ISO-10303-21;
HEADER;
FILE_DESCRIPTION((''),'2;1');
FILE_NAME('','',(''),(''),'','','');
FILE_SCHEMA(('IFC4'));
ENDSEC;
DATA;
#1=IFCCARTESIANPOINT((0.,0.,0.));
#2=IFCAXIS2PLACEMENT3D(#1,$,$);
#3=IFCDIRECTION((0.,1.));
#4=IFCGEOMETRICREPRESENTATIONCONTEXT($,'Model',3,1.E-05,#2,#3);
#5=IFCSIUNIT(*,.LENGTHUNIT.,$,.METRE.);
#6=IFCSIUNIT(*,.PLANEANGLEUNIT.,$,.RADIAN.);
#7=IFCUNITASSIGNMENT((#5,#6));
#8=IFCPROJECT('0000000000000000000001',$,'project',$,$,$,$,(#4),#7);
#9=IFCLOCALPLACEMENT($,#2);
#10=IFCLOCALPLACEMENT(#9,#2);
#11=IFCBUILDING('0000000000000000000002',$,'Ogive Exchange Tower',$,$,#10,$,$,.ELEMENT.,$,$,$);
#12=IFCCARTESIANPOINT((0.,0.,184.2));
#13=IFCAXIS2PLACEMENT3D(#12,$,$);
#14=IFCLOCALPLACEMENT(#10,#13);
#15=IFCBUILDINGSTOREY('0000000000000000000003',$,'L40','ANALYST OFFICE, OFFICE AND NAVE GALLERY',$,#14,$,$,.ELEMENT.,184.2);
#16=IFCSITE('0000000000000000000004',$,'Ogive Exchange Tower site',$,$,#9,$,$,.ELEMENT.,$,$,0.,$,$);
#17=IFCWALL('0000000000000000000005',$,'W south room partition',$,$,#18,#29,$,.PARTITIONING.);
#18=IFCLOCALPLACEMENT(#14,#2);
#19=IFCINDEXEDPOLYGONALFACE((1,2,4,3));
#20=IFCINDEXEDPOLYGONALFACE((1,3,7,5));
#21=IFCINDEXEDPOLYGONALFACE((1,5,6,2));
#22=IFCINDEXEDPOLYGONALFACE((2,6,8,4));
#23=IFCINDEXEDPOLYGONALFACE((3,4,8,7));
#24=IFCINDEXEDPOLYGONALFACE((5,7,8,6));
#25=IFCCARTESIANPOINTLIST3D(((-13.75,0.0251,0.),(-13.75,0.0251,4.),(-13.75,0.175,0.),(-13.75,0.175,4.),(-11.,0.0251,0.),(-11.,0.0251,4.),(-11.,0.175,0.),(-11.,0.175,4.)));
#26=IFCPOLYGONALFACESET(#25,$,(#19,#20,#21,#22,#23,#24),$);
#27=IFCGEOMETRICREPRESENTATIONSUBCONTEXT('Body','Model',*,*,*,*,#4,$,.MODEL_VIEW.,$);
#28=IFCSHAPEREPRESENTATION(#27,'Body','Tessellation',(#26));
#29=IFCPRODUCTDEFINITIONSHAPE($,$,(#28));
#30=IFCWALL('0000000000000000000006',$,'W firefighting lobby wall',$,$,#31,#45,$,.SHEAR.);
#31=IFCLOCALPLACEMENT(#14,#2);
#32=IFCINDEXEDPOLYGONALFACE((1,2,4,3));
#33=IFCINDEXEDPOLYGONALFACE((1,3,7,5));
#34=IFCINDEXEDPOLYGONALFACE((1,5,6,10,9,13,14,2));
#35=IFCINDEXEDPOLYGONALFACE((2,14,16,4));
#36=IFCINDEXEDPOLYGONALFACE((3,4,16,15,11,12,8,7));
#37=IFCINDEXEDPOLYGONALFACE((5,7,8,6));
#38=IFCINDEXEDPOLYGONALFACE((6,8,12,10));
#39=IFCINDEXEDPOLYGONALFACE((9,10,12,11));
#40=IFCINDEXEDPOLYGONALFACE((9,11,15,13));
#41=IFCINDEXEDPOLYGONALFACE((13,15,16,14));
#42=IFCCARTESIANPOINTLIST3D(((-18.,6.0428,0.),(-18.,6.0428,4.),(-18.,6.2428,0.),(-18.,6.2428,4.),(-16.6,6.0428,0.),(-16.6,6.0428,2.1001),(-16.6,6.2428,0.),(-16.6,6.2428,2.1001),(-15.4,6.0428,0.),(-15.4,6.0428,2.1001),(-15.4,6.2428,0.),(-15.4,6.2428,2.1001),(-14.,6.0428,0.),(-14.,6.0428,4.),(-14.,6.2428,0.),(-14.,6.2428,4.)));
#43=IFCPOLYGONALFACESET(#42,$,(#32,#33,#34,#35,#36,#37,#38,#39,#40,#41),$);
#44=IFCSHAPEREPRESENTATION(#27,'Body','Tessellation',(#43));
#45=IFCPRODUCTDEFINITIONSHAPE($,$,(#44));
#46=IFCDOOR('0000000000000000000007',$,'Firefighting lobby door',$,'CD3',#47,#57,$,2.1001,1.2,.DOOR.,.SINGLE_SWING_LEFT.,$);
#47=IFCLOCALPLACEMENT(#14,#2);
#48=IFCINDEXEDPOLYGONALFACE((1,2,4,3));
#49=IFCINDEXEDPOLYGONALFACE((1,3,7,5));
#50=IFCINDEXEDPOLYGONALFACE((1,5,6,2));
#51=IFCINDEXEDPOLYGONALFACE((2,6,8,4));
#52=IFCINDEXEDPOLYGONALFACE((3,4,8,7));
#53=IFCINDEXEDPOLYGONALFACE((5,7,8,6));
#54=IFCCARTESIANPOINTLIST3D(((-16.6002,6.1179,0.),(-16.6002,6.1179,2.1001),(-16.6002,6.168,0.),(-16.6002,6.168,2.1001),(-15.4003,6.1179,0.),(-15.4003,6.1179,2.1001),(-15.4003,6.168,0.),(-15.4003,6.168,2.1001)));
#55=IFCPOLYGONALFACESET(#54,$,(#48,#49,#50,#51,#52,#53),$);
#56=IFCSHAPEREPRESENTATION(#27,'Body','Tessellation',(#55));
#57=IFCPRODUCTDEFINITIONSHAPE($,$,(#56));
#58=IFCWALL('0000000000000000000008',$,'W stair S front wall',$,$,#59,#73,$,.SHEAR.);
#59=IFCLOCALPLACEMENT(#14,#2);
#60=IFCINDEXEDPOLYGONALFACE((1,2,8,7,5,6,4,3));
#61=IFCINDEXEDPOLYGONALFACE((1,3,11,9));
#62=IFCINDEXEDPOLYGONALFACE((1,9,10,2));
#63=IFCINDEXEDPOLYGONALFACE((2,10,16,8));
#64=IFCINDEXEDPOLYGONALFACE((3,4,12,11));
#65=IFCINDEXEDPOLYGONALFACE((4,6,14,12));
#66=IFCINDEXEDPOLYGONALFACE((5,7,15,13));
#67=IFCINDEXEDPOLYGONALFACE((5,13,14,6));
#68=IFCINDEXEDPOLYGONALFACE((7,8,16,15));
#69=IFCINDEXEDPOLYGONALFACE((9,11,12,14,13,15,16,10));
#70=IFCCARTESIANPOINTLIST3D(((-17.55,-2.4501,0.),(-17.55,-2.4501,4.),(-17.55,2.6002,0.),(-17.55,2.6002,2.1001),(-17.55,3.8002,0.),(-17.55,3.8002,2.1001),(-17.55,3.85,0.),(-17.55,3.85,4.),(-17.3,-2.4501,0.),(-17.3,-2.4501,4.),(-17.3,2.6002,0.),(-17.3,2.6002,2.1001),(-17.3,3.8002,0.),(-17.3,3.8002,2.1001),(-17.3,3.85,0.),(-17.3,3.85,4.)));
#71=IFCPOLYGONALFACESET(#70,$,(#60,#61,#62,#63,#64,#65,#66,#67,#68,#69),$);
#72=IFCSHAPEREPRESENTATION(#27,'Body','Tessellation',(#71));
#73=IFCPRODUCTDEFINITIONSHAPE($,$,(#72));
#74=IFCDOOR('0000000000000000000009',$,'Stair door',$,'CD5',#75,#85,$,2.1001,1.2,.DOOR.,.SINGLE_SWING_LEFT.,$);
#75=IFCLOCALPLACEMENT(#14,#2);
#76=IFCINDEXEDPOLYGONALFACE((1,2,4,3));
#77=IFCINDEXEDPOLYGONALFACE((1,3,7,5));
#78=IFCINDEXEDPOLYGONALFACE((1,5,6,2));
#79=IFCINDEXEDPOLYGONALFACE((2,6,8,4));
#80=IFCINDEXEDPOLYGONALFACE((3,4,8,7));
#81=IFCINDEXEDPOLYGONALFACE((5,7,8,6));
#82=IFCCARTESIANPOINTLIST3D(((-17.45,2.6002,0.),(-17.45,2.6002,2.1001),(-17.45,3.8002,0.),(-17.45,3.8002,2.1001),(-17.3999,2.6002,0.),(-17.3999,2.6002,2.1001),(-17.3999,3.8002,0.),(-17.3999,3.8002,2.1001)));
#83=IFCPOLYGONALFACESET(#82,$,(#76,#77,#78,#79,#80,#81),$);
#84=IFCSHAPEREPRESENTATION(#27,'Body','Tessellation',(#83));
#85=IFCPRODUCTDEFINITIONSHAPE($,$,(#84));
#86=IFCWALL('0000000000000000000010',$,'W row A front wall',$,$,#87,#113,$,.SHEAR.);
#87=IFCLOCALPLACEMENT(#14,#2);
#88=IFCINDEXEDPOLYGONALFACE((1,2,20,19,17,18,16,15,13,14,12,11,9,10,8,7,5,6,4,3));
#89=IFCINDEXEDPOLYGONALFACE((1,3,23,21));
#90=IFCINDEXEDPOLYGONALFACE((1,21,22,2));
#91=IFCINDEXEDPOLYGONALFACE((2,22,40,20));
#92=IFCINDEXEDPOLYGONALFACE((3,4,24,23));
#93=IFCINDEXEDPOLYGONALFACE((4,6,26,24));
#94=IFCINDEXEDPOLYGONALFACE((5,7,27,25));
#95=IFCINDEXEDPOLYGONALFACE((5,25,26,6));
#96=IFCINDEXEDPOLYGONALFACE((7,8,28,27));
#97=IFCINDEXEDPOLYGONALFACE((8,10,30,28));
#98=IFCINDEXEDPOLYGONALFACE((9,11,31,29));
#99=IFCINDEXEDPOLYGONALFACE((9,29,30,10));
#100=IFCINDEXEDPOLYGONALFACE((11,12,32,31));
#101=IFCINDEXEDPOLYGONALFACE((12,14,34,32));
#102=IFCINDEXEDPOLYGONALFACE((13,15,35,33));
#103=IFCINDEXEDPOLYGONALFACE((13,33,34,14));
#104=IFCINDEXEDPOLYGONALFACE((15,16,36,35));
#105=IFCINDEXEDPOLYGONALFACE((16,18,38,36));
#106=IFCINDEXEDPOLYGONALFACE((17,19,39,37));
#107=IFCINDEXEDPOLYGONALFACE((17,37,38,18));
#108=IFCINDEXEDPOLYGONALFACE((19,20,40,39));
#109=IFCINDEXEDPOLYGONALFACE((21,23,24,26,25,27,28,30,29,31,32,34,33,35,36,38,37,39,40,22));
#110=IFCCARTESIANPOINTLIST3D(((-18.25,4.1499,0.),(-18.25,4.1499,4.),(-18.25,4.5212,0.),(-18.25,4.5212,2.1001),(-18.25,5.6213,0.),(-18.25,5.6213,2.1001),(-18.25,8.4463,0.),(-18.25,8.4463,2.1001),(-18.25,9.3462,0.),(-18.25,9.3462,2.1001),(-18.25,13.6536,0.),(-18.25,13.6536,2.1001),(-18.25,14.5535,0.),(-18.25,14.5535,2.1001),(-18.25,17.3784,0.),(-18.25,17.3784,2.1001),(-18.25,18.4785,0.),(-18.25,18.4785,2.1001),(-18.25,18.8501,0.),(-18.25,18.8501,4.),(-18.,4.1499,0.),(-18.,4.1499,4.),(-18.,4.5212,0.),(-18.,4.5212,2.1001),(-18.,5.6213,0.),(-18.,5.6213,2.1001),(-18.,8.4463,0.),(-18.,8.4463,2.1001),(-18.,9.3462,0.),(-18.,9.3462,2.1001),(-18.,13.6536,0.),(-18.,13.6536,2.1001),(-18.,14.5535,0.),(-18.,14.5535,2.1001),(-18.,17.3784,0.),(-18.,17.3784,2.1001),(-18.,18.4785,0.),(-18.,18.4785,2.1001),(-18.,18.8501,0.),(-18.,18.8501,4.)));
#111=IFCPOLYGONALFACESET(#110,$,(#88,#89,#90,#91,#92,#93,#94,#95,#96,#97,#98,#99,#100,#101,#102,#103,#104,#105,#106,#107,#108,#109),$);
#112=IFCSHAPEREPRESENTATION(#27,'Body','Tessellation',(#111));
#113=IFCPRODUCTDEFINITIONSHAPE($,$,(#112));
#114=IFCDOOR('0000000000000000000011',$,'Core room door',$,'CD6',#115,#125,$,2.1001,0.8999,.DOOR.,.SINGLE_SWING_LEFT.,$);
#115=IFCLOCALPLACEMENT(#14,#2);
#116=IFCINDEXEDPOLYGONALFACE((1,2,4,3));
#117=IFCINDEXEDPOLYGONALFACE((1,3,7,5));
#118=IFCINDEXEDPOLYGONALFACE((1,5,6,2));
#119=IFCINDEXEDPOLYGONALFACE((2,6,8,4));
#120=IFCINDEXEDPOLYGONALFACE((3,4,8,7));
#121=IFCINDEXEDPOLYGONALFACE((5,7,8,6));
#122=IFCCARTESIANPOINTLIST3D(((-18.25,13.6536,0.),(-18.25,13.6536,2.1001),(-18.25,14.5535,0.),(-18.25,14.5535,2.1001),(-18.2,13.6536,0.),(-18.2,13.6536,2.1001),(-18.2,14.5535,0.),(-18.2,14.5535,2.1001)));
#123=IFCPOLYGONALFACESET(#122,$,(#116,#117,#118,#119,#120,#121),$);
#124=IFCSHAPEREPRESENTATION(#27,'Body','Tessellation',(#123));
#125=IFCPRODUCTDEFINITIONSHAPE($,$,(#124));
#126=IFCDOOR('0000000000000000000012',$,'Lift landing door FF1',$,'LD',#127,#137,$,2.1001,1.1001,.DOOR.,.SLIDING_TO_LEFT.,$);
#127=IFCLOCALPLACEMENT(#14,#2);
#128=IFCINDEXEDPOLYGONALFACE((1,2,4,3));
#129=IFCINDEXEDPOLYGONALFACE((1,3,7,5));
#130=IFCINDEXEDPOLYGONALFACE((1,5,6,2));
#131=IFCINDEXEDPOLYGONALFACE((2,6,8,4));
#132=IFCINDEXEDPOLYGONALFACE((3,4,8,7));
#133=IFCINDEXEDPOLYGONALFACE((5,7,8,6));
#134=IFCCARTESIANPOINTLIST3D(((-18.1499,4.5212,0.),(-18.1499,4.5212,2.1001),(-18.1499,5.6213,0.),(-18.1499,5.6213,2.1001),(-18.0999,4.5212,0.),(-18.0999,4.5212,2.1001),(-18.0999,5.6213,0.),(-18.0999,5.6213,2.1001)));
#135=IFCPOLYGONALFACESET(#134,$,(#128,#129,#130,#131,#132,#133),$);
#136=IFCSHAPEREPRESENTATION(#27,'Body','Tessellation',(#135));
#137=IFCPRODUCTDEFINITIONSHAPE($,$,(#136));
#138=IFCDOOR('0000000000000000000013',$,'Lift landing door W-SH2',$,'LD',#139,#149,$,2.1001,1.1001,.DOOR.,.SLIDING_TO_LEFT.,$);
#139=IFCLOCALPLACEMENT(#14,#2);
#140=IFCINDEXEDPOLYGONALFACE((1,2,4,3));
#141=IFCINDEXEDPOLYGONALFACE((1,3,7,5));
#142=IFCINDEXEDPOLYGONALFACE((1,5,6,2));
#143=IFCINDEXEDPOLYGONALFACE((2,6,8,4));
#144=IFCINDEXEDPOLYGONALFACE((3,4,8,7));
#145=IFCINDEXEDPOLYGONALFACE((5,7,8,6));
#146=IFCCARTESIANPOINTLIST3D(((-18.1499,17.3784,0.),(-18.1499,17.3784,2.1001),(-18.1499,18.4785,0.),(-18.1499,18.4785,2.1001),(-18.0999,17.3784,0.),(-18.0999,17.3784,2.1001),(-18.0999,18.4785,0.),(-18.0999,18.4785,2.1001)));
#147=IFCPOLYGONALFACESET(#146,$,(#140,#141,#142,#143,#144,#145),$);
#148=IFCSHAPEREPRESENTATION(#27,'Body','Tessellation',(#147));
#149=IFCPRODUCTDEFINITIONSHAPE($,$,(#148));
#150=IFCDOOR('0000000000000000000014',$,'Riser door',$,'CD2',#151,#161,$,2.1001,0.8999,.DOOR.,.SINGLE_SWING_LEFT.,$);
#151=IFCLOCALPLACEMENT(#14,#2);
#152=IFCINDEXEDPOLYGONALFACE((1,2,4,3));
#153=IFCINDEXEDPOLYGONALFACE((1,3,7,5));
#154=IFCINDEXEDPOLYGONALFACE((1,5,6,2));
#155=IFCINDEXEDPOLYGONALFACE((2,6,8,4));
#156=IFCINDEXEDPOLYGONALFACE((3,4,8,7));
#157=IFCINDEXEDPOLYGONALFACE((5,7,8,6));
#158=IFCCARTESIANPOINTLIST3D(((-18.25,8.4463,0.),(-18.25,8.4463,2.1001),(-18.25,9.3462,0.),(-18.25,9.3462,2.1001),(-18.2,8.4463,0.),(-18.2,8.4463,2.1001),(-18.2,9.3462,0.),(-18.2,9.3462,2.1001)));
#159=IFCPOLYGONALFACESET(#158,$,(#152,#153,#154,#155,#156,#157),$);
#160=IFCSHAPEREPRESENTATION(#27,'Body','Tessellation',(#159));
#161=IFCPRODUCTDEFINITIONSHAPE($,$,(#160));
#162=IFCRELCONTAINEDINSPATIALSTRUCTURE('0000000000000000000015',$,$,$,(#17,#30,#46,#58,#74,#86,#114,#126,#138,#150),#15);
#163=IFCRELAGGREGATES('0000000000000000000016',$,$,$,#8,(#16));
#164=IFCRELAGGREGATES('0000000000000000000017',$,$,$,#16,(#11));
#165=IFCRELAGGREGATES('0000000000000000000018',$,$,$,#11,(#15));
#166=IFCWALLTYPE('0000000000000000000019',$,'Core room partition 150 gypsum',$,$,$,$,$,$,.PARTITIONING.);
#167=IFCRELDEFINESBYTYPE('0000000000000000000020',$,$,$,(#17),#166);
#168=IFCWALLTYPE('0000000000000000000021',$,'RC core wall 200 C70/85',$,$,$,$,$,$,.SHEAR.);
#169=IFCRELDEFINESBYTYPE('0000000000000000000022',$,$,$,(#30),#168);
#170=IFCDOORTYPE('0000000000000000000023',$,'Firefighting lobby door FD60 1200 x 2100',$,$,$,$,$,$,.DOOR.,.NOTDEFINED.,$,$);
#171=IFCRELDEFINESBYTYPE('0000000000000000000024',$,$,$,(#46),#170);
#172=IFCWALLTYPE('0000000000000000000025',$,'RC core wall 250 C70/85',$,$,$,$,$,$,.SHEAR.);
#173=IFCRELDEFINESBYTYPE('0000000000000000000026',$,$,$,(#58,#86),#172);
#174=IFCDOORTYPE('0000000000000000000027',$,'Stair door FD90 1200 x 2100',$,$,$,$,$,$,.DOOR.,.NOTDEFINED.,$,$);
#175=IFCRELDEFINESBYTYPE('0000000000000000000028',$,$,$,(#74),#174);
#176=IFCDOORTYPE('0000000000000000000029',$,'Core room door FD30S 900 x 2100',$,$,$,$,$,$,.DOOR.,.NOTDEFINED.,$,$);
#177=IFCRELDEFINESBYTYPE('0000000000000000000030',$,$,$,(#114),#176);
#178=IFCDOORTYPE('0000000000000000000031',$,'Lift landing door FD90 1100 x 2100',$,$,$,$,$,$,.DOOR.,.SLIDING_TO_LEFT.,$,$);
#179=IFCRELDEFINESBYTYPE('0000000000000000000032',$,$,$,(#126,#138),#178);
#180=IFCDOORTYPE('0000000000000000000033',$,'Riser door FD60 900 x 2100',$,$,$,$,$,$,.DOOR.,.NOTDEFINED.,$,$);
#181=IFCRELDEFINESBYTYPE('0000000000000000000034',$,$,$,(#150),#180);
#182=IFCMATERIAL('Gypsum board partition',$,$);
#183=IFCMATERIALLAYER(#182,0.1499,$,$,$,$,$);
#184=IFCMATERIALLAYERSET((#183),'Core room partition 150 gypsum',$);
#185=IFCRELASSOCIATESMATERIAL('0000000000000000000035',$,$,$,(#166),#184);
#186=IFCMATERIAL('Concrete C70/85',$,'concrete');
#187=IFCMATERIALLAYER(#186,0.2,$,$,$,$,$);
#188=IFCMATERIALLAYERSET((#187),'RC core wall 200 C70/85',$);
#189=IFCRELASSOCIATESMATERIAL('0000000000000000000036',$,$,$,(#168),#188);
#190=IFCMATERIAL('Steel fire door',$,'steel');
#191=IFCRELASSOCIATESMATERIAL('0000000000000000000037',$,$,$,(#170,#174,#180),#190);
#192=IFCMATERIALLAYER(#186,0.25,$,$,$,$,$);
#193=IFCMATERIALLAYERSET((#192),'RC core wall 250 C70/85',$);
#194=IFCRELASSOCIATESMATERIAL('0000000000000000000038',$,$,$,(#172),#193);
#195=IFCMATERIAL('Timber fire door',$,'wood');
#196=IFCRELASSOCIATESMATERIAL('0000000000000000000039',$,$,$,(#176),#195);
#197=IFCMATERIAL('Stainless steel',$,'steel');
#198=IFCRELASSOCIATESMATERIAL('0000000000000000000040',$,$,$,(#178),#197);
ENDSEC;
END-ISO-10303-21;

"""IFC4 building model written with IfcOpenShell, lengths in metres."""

from ifc_helpers import new_model, si_unit, direction, frame, frame_2d, origin, place, context, subcontext, project, spatial, rectangle, extrude, material, layer, layer_set, type_object, element, fill, save


model = new_model("IFC4")

# Units and contexts
model_context = context("Model", 3, precision=1e-05, world=origin(), true_north=direction((0.0, 1.0)))
body_context = subcontext(model_context, "Body", "Model", "MODEL_VIEW")
ifc_project = project(units=[si_unit("LENGTHUNIT", "METRE"), si_unit("PLANEANGLEUNIT", "RADIAN")], contexts=[model_context])

# Site, building, storey
site_placement = place(None, origin())
site = spatial("IfcSite", under=ifc_project, at=site_placement, Name="Ogive Exchange Tower site", CompositionType="ELEMENT", RefElevation=0.0)
building_placement = place(site_placement, origin())
building = spatial("IfcBuilding", under=site, at=building_placement, Name="Ogive Exchange Tower", CompositionType="ELEMENT")
storey_placement = place(building_placement, frame((0.0, 0.0, 184.2)))
storey = spatial("IfcBuildingStorey", under=building, at=storey_placement, Name="L40", Description="ANALYST OFFICE, OFFICE AND NAVE GALLERY", CompositionType="ELEMENT", Elevation=184.2)

# Wall
ifc_material_1 = material(Name="Gypsum board partition")
ifc_layer_1 = layer(ifc_material_1, 0.1499)
ifc_layer_set_1 = layer_set([ifc_layer_1], Name="Core room partition 150 gypsum")
wall_type_1 = type_object("IfcWallType", Name="Core room partition 150 gypsum", PredefinedType="PARTITIONING", material=ifc_layer_set_1)
wall_1_placement = place(storey_placement, frame((-13.75, 0.1001, 0.0), z_axis=(0.0, 0.0, 1.0), x_axis=(1.0, 0.0, 0.0)))
element("IfcWall", 1, at=wall_1_placement, inside=storey, type_object=wall_type_1, Name="W south room partition", PredefinedType="PARTITIONING", context=body_context, shape_type="SweptSolid", body=[
    extrude(rectangle(XDim=2.75, YDim=0.1499, at=frame_2d((1.375, 0.0))), origin(), (0.0, 0.0, 1.0), 4.0),
])

# Walls, openings, doors
ifc_material_2 = material(Name="Concrete C70/85", Category="concrete")
ifc_layer_2 = layer(ifc_material_2, 0.2)
ifc_layer_set_2 = layer_set([ifc_layer_2], Name="RC core wall 200 C70/85")
wall_type_2 = type_object("IfcWallType", Name="RC core wall 200 C70/85", PredefinedType="SHEAR", material=ifc_layer_set_2)
wall_2_placement = place(storey_placement, frame((-18.0, 6.1428, 0.0), z_axis=(0.0, 0.0, 1.0), x_axis=(1.0, 0.0, 0.0)))
wall_2 = element("IfcWall", 2, at=wall_2_placement, inside=storey, type_object=wall_type_2, Name="W firefighting lobby wall", PredefinedType="SHEAR", context=body_context, shape_type="SweptSolid", body=[
    extrude(rectangle(XDim=4.0, YDim=0.2, at=frame_2d((2.0, 0.0))), origin(), (0.0, 0.0, 1.0), 4.0),
])
opening_1_placement = place(wall_2_placement, frame((1.3999, 0.0, 0.0)))
opening_1 = element("IfcOpeningElement", 3, at=opening_1_placement, cuts=wall_2, PredefinedType="OPENING", context=body_context, shape_type="SweptSolid", body=[
    extrude(rectangle(XDim=1.2, YDim=2.1001, at=frame_2d((0.6001, 1.05))), frame((0.0, 0.1099, 0.0), z_axis=(0.0, -1.0, 0.0), x_axis=(1.0, 0.0, 0.0)), (0.0, 0.0, 1.0), 0.22),
])
ifc_material_3 = material(Name="Steel fire door", Category="steel")
door_type_1 = type_object("IfcDoorType", Name="Firefighting lobby door FD60 1200 x 2100", OperationType="NOTDEFINED", PredefinedType="DOOR", material=ifc_material_3)
door_1_placement = place(opening_1_placement, frame((1.2, 0.0, 0.0), z_axis=(0.0, 0.0, 1.0), x_axis=(-1.0, 0.0, 0.0)))
door_1 = element("IfcDoor", 4, at=door_1_placement, inside=storey, type_object=door_type_1, Name="Firefighting lobby door", ObjectType="CD3", OperationType="SINGLE_SWING_LEFT", OverallHeight=2.1001, OverallWidth=1.2, PredefinedType="DOOR", context=body_context, shape_type="SweptSolid", body=[
    extrude(rectangle(XDim=1.2, YDim=2.1001, at=frame_2d((0.6001, 1.05))), frame((0.0, 0.0249, 0.0), z_axis=(0.0, -1.0, 0.0), x_axis=(1.0, 0.0, 0.0)), (0.0, 0.0, 1.0), 0.05),
])
fill(opening_1, door_1)
ifc_layer_3 = layer(ifc_material_2, 0.25)
ifc_layer_set_3 = layer_set([ifc_layer_3], Name="RC core wall 250 C70/85")
wall_type_3 = type_object("IfcWallType", Name="RC core wall 250 C70/85", PredefinedType="SHEAR", material=ifc_layer_set_3)
wall_3_placement = place(storey_placement, frame((-17.425, -2.45, 0.0), z_axis=(0.0, 0.0, 1.0), x_axis=(0.0, 1.0, 0.0)))
wall_3 = element("IfcWall", 5, at=wall_3_placement, inside=storey, type_object=wall_type_3, Name="W stair S front wall", PredefinedType="SHEAR", context=body_context, shape_type="SweptSolid", body=[
    extrude(rectangle(XDim=6.3, YDim=0.25, at=frame_2d((3.1499, 0.0))), origin(), (0.0, 0.0, 1.0), 4.0),
])
opening_2_placement = place(wall_3_placement, frame((5.05, 0.0, 0.0)))
opening_2 = element("IfcOpeningElement", 6, at=opening_2_placement, cuts=wall_3, PredefinedType="OPENING", context=body_context, shape_type="SweptSolid", body=[
    extrude(rectangle(XDim=1.2, YDim=2.1001, at=frame_2d((0.6001, 1.05))), frame((0.0, 0.135, 0.0), z_axis=(0.0, -1.0, 0.0), x_axis=(1.0, 0.0, 0.0)), (0.0, 0.0, 1.0), 0.27),
])
door_type_2 = type_object("IfcDoorType", Name="Stair door FD90 1200 x 2100", OperationType="NOTDEFINED", PredefinedType="DOOR", material=ifc_material_3)
door_2_placement = place(opening_2_placement, origin())
door_2 = element("IfcDoor", 7, at=door_2_placement, inside=storey, type_object=door_type_2, Name="Stair door", ObjectType="CD5", OperationType="SINGLE_SWING_LEFT", OverallHeight=2.1001, OverallWidth=1.2, PredefinedType="DOOR", context=body_context, shape_type="SweptSolid", body=[
    extrude(rectangle(XDim=1.2, YDim=2.1001, at=frame_2d((0.6001, 1.05))), frame((0.0, 0.0249, 0.0), z_axis=(0.0, -1.0, 0.0), x_axis=(1.0, 0.0, 0.0)), (0.0, 0.0, 1.0), 0.05),
])
fill(opening_2, door_2)

# Wall, openings, doors
wall_4_placement = place(storey_placement, frame((-18.125, 4.1499, 0.0), z_axis=(0.0, 0.0, 1.0), x_axis=(0.0, 1.0, 0.0)))
wall_4 = element("IfcWall", 8, at=wall_4_placement, inside=storey, type_object=wall_type_3, Name="W row A front wall", PredefinedType="SHEAR", context=body_context, shape_type="SweptSolid", body=[
    extrude(rectangle(XDim=14.7002, YDim=0.25, at=frame_2d((7.3501, 0.0))), origin(), (0.0, 0.0, 1.0), 4.0),
])
opening_3_placement = place(wall_4_placement, frame((4.2964, 0.0, 0.0)))
opening_3 = element("IfcOpeningElement", 9, at=opening_3_placement, cuts=wall_4, PredefinedType="OPENING", context=body_context, shape_type="SweptSolid", body=[
    extrude(rectangle(XDim=0.8999, YDim=2.1001, at=frame_2d((0.45, 1.05))), frame((0.0, 0.135, 0.0), z_axis=(0.0, -1.0, 0.0), x_axis=(1.0, 0.0, 0.0)), (0.0, 0.0, 1.0), 0.27),
])
opening_4_placement = place(wall_4_placement, frame((9.5037, 0.0, 0.0)))
opening_4 = element("IfcOpeningElement", 10, at=opening_4_placement, cuts=wall_4, PredefinedType="OPENING", context=body_context, shape_type="SweptSolid", body=[
    extrude(rectangle(XDim=0.8999, YDim=2.1001, at=frame_2d((0.45, 1.05))), frame((0.0, 0.135, 0.0), z_axis=(0.0, -1.0, 0.0), x_axis=(1.0, 0.0, 0.0)), (0.0, 0.0, 1.0), 0.27),
])
opening_5_placement = place(wall_4_placement, frame((0.3713, 0.0, 0.0)))
opening_5 = element("IfcOpeningElement", 11, at=opening_5_placement, cuts=wall_4, PredefinedType="OPENING", context=body_context, shape_type="SweptSolid", body=[
    extrude(rectangle(XDim=1.1001, YDim=2.1001, at=frame_2d((0.55, 1.05))), frame((0.0, 0.135, 0.0), z_axis=(0.0, -1.0, 0.0), x_axis=(1.0, 0.0, 0.0)), (0.0, 0.0, 1.0), 0.27),
])
opening_6_placement = place(wall_4_placement, frame((13.2285, 0.0, 0.0)))
opening_6 = element("IfcOpeningElement", 12, at=opening_6_placement, cuts=wall_4, PredefinedType="OPENING", context=body_context, shape_type="SweptSolid", body=[
    extrude(rectangle(XDim=1.1001, YDim=2.1001, at=frame_2d((0.55, 1.05))), frame((0.0, 0.135, 0.0), z_axis=(0.0, -1.0, 0.0), x_axis=(1.0, 0.0, 0.0)), (0.0, 0.0, 1.0), 0.27),
])
ifc_material_4 = material(Name="Timber fire door", Category="wood")
door_type_3 = type_object("IfcDoorType", Name="Core room door FD30S 900 x 2100", OperationType="NOTDEFINED", PredefinedType="DOOR", material=ifc_material_4)
door_3_placement = place(opening_4_placement, origin())
door_3 = element("IfcDoor", 13, at=door_3_placement, inside=storey, type_object=door_type_3, Name="Core room door", ObjectType="CD6", OperationType="SINGLE_SWING_LEFT", OverallHeight=2.1001, OverallWidth=0.8999, PredefinedType="DOOR", context=body_context, shape_type="SweptSolid", body=[
    extrude(rectangle(XDim=0.8999, YDim=2.1001, at=frame_2d((0.45, 1.05))), frame((0.0, 0.125, 0.0), z_axis=(0.0, -1.0, 0.0), x_axis=(1.0, 0.0, 0.0)), (0.0, 0.0, 1.0), 0.05),
])
fill(opening_4, door_3)
ifc_material_5 = material(Name="Stainless steel", Category="steel")
door_type_4 = type_object("IfcDoorType", Name="Lift landing door FD90 1100 x 2100", OperationType="SLIDING_TO_LEFT", PredefinedType="DOOR", material=ifc_material_5)
door_4_placement = place(opening_5_placement, origin())
door_4 = element("IfcDoor", 14, at=door_4_placement, inside=storey, type_object=door_type_4, Name="Lift landing door FF1", ObjectType="LD", OperationType="SLIDING_TO_LEFT", OverallHeight=2.1001, OverallWidth=1.1001, PredefinedType="DOOR", context=body_context, shape_type="SweptSolid", body=[
    extrude(rectangle(XDim=1.1001, YDim=2.1001, at=frame_2d((0.55, 1.05))), frame((0.0, 0.0249, 0.0), z_axis=(0.0, -1.0, 0.0), x_axis=(1.0, 0.0, 0.0)), (0.0, 0.0, 1.0), 0.05),
])
fill(opening_5, door_4)
door_5_placement = place(opening_6_placement, origin())
door_5 = element("IfcDoor", 15, at=door_5_placement, inside=storey, type_object=door_type_4, Name="Lift landing door W-SH2", ObjectType="LD", OperationType="SLIDING_TO_LEFT", OverallHeight=2.1001, OverallWidth=1.1001, PredefinedType="DOOR", context=body_context, shape_type="SweptSolid", body=[
    extrude(rectangle(XDim=1.1001, YDim=2.1001, at=frame_2d((0.55, 1.05))), frame((0.0, 0.0249, 0.0), z_axis=(0.0, -1.0, 0.0), x_axis=(1.0, 0.0, 0.0)), (0.0, 0.0, 1.0), 0.05),
])
fill(opening_6, door_5)
door_type_5 = type_object("IfcDoorType", Name="Riser door FD60 900 x 2100", OperationType="NOTDEFINED", PredefinedType="DOOR", material=ifc_material_3)
door_6_placement = place(opening_3_placement, origin())
door_6 = element("IfcDoor", 16, at=door_6_placement, inside=storey, type_object=door_type_5, Name="Riser door", ObjectType="CD2", OperationType="SINGLE_SWING_LEFT", OverallHeight=2.1001, OverallWidth=0.8999, PredefinedType="DOOR", context=body_context, shape_type="SweptSolid", body=[
    extrude(rectangle(XDim=0.8999, YDim=2.1001, at=frame_2d((0.45, 1.05))), frame((0.0, 0.125, 0.0), z_axis=(0.0, -1.0, 0.0), x_axis=(1.0, 0.0, 0.0)), (0.0, 0.0, 1.0), 0.05),
])
fill(opening_3, door_6)

save(model, "model.ifc")
